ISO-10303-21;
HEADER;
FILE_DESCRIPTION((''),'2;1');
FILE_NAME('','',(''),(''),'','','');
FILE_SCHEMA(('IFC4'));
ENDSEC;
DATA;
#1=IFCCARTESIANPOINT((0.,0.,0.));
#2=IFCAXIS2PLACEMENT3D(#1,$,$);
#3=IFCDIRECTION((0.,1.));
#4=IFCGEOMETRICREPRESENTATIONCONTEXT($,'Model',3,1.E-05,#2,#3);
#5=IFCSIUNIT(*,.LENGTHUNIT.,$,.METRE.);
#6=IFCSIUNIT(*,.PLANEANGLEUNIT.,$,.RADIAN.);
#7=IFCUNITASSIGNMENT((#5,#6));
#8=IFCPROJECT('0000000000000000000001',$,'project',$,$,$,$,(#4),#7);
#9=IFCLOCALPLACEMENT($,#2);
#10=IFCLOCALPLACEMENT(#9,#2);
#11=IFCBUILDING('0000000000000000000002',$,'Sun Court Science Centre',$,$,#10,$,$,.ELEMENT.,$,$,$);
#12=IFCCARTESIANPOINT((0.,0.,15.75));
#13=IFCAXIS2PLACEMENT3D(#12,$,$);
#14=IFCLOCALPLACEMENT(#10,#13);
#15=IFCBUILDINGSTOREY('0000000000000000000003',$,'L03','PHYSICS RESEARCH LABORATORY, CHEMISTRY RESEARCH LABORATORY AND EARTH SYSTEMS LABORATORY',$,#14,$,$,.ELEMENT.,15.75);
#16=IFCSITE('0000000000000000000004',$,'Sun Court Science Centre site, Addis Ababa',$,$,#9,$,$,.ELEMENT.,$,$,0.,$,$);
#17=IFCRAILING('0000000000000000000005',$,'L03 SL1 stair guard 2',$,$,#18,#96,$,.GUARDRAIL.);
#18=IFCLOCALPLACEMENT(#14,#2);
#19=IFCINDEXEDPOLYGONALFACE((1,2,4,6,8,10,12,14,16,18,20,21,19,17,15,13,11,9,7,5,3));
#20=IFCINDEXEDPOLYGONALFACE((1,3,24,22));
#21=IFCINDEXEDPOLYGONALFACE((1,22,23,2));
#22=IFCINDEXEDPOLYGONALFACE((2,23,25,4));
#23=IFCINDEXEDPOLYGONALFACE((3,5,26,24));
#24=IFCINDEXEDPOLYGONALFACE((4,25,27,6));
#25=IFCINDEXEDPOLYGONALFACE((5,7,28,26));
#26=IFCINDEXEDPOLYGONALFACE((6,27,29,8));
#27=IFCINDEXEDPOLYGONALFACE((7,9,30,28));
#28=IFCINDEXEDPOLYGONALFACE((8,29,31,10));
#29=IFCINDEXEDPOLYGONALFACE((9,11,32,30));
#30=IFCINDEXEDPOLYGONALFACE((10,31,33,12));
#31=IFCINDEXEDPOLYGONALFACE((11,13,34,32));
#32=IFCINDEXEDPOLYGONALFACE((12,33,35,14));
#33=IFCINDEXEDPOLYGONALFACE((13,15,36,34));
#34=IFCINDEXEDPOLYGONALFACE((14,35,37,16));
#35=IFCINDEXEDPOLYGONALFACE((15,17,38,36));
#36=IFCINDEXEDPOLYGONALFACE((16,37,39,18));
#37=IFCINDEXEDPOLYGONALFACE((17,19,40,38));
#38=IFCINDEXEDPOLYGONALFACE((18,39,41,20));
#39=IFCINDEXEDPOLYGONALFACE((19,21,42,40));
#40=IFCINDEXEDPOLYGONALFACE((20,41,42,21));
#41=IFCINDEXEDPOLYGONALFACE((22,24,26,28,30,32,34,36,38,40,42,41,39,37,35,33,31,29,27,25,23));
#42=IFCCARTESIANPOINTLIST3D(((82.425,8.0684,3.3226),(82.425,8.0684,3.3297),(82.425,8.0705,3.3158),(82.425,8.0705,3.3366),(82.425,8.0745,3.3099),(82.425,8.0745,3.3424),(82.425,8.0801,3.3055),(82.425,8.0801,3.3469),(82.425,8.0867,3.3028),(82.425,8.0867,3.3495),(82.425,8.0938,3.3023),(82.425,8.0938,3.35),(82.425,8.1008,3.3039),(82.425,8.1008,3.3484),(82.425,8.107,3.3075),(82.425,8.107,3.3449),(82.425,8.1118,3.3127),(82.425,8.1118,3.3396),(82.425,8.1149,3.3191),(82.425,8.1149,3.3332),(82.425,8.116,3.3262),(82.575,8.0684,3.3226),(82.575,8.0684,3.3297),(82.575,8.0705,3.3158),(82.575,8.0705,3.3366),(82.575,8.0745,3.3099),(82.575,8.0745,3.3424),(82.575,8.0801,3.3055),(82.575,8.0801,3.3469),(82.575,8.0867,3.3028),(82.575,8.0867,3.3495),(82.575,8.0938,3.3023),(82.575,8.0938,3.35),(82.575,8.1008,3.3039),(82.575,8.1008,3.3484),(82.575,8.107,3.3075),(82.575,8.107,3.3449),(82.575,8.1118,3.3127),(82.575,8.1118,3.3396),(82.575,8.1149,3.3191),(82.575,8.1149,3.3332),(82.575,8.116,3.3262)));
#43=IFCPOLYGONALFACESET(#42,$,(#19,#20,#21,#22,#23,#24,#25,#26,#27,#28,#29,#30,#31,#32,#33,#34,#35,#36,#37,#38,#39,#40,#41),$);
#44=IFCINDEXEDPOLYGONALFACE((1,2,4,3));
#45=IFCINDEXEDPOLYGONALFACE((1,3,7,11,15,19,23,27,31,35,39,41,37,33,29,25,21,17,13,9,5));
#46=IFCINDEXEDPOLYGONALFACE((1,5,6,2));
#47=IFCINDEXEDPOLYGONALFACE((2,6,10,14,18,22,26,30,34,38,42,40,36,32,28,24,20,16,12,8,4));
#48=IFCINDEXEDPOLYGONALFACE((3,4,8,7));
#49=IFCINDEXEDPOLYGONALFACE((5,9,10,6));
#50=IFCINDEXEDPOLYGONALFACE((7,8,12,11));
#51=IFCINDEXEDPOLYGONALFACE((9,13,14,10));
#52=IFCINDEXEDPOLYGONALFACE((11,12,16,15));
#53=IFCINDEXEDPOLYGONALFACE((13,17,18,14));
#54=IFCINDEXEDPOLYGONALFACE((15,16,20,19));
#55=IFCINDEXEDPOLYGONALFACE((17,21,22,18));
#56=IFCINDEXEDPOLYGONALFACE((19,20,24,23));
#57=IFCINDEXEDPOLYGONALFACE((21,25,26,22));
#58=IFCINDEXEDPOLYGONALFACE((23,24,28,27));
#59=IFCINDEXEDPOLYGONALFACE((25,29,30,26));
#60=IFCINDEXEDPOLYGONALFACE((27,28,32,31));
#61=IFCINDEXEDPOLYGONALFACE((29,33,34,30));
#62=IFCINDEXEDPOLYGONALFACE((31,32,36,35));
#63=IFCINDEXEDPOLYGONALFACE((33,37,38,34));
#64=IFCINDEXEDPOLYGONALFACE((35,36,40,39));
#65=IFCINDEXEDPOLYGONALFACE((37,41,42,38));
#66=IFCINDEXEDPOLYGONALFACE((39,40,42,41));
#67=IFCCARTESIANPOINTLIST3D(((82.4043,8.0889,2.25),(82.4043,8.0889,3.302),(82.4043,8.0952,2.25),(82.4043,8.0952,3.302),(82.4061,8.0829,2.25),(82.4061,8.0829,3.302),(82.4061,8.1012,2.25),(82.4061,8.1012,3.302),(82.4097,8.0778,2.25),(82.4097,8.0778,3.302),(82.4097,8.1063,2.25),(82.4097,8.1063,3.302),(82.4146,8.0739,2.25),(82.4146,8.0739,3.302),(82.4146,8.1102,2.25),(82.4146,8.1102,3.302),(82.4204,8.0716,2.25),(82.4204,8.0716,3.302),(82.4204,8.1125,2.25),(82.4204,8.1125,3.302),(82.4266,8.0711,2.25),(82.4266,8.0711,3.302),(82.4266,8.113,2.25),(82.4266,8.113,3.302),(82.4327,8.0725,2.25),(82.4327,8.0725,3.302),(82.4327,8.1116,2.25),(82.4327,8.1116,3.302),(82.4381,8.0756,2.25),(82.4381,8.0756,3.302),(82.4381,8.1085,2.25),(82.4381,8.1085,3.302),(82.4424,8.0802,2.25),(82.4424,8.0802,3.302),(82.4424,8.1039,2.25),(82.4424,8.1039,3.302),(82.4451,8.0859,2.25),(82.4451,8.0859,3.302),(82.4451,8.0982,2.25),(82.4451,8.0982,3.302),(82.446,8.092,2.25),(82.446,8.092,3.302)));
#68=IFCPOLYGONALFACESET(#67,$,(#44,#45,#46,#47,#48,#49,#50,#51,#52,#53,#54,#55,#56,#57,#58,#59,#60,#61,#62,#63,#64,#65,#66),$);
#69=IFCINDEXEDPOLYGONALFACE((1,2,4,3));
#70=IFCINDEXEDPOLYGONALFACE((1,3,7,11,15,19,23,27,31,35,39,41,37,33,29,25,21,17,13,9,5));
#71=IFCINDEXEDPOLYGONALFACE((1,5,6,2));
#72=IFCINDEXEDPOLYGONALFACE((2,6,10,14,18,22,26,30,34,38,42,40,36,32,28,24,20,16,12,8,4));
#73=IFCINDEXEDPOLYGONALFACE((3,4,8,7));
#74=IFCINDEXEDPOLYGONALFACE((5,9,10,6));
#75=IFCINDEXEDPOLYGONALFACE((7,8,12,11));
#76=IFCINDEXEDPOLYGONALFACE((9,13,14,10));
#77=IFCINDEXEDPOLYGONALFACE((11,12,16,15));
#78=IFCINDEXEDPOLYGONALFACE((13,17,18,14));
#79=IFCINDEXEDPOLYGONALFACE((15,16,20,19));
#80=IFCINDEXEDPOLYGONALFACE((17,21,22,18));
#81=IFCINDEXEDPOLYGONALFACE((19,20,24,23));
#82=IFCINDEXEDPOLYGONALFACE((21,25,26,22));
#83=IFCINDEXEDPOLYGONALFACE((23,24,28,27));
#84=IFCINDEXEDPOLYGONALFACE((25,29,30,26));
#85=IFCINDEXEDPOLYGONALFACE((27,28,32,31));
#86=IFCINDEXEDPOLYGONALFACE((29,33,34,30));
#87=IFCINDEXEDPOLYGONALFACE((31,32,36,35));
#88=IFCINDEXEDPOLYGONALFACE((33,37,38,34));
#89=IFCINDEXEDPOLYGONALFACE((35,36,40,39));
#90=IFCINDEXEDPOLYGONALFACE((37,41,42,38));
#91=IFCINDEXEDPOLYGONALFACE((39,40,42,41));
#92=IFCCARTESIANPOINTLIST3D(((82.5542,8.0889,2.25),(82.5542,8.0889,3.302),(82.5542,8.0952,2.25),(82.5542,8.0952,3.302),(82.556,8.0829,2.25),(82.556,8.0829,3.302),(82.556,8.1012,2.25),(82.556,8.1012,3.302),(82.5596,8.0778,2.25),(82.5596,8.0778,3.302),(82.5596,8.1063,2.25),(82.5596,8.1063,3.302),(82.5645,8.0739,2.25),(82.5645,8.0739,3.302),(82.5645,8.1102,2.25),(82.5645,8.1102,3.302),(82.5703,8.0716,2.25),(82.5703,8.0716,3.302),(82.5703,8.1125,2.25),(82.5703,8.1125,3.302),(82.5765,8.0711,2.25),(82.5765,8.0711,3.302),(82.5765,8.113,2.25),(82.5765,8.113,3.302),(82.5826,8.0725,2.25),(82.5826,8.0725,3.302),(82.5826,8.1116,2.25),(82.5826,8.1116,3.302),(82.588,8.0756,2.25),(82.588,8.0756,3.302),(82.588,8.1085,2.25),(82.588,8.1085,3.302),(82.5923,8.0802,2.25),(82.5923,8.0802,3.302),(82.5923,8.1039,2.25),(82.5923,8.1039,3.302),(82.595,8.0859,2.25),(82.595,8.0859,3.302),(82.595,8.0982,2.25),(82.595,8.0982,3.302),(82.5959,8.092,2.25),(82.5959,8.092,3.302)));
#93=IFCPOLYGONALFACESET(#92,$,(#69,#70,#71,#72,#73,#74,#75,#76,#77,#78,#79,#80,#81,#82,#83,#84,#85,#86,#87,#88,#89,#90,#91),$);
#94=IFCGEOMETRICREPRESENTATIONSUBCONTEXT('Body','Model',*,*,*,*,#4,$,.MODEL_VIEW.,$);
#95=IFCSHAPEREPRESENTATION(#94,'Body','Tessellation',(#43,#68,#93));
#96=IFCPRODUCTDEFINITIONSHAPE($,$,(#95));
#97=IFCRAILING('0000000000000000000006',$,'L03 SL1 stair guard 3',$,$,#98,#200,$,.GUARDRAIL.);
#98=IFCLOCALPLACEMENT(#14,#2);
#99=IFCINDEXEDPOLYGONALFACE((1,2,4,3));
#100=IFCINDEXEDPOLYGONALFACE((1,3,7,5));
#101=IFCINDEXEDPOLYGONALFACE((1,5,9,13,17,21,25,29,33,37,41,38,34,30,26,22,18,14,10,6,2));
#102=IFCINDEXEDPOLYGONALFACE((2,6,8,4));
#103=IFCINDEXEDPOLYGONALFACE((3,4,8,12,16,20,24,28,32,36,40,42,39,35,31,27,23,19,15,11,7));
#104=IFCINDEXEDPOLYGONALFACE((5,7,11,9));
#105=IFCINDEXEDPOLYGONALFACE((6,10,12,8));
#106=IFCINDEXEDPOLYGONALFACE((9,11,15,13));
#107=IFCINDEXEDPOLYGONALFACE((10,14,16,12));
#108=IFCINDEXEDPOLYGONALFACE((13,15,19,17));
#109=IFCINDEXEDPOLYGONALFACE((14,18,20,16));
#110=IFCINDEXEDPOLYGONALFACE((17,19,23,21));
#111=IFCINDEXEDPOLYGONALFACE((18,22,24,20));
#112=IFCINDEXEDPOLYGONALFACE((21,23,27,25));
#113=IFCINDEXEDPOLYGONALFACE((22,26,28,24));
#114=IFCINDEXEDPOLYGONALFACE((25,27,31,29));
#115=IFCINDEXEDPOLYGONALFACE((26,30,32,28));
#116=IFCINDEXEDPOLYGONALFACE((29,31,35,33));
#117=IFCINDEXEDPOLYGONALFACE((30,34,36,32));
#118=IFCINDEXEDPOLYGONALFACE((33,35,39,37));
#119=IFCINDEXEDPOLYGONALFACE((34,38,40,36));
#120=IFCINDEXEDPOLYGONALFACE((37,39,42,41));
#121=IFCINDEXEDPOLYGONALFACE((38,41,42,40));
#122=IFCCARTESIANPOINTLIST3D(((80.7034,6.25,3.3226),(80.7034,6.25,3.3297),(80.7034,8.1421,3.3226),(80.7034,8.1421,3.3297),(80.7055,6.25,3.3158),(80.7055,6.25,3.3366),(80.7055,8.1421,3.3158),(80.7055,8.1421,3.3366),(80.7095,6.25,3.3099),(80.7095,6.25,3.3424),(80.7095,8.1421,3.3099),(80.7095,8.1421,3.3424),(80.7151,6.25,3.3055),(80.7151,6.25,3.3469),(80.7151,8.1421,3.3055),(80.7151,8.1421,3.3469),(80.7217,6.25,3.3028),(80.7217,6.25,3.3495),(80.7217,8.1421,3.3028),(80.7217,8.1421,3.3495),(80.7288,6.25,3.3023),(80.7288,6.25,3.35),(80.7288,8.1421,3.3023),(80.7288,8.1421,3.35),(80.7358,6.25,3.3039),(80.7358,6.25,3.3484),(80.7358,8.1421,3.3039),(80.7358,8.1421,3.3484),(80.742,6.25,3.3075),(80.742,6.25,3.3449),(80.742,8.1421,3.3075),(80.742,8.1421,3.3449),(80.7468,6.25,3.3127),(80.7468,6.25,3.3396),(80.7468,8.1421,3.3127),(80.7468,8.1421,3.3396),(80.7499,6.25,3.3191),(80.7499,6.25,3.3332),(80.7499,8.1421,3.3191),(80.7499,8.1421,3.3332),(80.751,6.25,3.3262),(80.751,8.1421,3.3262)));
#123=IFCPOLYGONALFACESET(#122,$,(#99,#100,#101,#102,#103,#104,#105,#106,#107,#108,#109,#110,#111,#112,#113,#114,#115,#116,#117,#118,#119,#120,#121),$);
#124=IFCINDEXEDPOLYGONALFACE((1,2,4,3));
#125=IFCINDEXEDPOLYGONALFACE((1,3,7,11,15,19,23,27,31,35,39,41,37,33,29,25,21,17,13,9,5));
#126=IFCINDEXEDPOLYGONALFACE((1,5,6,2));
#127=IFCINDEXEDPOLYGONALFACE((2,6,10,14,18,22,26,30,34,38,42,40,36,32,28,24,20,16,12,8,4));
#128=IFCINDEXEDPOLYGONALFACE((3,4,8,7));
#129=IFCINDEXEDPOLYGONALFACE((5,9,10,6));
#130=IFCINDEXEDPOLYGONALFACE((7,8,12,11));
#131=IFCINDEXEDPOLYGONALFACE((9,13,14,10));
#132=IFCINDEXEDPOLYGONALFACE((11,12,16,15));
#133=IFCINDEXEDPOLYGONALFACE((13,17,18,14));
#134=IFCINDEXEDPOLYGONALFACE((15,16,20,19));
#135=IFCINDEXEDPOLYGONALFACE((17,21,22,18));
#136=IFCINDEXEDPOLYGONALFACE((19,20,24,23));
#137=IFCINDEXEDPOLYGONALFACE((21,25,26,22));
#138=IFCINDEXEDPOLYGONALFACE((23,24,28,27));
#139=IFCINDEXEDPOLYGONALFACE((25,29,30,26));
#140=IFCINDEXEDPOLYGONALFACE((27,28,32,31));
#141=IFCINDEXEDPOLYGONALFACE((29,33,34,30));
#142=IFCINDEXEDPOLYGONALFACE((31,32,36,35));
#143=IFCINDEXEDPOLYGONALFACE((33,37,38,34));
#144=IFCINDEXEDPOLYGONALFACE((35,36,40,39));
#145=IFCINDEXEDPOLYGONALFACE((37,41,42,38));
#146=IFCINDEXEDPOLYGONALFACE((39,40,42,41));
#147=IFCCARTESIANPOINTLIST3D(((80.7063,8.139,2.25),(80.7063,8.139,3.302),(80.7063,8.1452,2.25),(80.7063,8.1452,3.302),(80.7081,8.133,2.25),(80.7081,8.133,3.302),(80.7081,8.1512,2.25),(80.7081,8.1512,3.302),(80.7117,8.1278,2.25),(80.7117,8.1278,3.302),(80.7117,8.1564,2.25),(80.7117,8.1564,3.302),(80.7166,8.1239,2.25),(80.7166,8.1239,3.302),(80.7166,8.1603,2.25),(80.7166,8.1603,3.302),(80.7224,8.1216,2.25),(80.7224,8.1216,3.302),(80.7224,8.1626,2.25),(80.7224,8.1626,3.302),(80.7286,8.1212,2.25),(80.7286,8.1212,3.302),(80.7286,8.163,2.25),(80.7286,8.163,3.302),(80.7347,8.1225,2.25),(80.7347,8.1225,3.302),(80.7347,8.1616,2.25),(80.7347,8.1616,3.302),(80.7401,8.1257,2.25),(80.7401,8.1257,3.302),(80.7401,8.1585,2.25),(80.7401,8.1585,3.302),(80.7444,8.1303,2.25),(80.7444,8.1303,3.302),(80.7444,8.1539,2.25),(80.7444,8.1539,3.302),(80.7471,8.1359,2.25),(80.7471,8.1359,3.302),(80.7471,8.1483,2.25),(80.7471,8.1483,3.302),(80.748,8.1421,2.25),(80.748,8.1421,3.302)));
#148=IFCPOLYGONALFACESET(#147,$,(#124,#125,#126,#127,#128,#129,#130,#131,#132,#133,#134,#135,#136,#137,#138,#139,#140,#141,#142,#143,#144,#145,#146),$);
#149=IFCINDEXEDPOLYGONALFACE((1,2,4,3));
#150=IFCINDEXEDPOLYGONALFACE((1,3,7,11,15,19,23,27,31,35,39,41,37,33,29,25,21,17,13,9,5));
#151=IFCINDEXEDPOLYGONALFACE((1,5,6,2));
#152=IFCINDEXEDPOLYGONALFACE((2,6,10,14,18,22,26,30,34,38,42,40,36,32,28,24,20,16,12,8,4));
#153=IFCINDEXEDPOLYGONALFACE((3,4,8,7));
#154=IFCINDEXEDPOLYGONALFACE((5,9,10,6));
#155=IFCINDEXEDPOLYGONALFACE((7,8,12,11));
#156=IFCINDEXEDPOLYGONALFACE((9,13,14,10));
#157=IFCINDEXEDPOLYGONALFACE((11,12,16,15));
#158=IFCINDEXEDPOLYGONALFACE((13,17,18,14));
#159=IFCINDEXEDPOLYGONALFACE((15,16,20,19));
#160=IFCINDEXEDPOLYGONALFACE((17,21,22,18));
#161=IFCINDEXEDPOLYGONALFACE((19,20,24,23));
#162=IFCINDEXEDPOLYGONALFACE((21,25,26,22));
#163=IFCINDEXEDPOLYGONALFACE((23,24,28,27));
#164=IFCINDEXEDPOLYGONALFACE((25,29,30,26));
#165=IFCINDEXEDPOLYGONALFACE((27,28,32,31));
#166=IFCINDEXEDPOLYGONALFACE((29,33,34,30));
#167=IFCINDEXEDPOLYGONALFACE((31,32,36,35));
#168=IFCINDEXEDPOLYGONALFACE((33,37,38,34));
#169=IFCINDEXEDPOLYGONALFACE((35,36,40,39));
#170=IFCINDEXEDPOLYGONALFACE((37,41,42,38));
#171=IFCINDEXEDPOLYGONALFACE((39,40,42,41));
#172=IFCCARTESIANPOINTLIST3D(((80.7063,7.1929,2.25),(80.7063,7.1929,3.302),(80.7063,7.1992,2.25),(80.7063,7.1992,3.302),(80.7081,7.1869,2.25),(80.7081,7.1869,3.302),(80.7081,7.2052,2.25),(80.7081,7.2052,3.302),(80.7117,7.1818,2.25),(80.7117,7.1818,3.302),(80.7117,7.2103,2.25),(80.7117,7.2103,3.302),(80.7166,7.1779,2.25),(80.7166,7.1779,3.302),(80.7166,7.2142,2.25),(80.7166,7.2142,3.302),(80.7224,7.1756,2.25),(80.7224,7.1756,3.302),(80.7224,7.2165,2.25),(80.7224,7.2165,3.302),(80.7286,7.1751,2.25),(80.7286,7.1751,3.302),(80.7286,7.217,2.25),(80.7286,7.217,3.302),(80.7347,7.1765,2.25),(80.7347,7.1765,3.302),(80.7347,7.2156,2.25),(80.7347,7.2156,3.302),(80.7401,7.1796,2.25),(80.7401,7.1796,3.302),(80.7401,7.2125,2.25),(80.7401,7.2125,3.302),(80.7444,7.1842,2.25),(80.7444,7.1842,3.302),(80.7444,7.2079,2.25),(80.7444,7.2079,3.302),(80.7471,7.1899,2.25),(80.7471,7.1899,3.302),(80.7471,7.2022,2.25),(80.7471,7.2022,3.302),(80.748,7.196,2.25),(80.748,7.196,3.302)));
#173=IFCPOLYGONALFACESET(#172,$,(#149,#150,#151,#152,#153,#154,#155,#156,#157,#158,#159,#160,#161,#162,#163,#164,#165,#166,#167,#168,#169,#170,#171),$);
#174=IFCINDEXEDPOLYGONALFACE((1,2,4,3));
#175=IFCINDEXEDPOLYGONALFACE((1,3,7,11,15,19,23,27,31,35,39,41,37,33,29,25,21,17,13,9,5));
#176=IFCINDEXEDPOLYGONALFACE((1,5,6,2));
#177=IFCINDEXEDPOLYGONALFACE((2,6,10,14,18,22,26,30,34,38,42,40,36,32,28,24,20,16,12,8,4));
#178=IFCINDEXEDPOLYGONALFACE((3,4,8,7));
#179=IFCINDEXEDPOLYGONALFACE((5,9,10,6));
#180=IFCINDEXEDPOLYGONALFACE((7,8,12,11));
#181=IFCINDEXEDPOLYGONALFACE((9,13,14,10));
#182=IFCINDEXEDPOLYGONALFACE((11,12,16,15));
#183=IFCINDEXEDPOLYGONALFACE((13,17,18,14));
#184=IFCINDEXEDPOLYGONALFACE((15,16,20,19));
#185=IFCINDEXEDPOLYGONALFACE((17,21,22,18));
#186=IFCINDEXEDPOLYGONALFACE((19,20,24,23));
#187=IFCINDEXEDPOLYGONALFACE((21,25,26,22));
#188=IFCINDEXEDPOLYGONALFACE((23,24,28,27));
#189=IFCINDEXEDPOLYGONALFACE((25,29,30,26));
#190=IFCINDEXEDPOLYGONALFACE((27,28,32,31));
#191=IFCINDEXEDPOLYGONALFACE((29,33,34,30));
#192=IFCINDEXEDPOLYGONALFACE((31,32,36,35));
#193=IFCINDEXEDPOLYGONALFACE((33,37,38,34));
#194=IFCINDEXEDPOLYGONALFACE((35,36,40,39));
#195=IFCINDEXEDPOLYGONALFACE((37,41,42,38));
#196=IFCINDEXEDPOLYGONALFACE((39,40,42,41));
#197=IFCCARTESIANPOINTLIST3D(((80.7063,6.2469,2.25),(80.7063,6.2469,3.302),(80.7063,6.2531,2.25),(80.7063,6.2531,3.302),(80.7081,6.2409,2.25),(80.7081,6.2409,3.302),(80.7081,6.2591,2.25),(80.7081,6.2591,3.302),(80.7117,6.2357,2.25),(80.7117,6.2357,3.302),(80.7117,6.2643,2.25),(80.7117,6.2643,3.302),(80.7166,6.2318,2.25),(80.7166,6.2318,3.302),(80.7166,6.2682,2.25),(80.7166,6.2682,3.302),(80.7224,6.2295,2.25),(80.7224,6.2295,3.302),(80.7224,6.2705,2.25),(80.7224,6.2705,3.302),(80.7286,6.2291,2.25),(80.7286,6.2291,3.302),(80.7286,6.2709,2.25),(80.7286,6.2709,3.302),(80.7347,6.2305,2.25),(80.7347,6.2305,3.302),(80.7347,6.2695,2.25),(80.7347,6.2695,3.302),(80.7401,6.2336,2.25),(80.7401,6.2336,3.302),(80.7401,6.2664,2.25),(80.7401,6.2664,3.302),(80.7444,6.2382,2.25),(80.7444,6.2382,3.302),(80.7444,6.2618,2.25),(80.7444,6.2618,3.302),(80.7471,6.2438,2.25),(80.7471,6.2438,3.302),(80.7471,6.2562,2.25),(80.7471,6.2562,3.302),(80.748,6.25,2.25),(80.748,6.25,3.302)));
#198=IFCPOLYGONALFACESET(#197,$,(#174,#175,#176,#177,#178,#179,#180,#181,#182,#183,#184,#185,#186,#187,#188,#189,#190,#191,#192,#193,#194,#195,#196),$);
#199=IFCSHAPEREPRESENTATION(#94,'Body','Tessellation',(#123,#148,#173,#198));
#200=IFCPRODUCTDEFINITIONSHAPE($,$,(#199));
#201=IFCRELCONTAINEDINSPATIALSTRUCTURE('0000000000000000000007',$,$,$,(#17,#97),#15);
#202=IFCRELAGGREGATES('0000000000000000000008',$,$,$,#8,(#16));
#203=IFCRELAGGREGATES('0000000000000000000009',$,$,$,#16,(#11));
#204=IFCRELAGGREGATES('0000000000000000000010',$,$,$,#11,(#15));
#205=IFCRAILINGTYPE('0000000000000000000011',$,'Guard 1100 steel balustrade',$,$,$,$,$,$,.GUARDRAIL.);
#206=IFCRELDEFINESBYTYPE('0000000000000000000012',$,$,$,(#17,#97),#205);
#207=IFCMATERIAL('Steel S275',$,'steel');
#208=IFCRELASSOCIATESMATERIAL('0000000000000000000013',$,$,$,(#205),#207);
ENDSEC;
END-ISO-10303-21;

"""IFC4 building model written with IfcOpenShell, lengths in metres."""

from ifc_helpers import new_model, si_unit, direction, frame, origin, origin_2d, place, context, subcontext, project, spatial, circle, extrude, material, type_object, element, save


model = new_model("IFC4")

# Units and contexts
model_context = context("Model", 3, precision=1e-05, world=origin(), true_north=direction((0.0, 1.0)))
body_context = subcontext(model_context, "Body", "Model", "MODEL_VIEW")
ifc_project = project(units=[si_unit("LENGTHUNIT", "METRE"), si_unit("PLANEANGLEUNIT", "RADIAN")], contexts=[model_context])

# Site, building, storey
site_placement = place(None, origin())
site = spatial("IfcSite", under=ifc_project, at=site_placement, Name="Sun Court Science Centre site, Addis Ababa", CompositionType="ELEMENT", RefElevation=0.0)
building_placement = place(site_placement, origin())
building = spatial("IfcBuilding", under=site, at=building_placement, Name="Sun Court Science Centre", CompositionType="ELEMENT")
storey_placement = place(building_placement, frame((0.0, 0.0, 15.75)))
storey = spatial("IfcBuildingStorey", under=building, at=storey_placement, Name="L03", Description="PHYSICS RESEARCH LABORATORY, CHEMISTRY RESEARCH LABORATORY AND EARTH SYSTEMS LABORATORY", CompositionType="ELEMENT", Elevation=15.75)

# Railings
ifc_material_1 = material(Name="Steel S275", Category="steel")
railing_type_1 = type_object("IfcRailingType", Name="Guard 1100 steel balustrade", PredefinedType="GUARDRAIL", material=ifc_material_1)
railing_1_placement = place(storey_placement, frame((82.425, 8.092, 2.25)))
element("IfcRailing", 1, at=railing_1_placement, inside=storey, type_object=railing_type_1, Name="L03 SL1 stair guard 2", PredefinedType="GUARDRAIL", context=body_context, shape_type="SweptSolid", body=[
    extrude(circle(Radius=0.0239, at=origin_2d()), frame((0.0, 0.0, 1.0762), z_axis=(1.0, 0.0, 0.0), x_axis=(0.0, 1.0, 0.0)), (0.0, 0.0, 1.0), 0.1499),
    extrude(circle(Radius=0.021, at=origin_2d()), origin(), (0.0, 0.0, 1.0), 1.052),
    extrude(circle(Radius=0.021, at=origin_2d()), frame((0.1499, 0.0, 0.0)), (0.0, 0.0, 1.0), 1.052),
])
for number, where, name in (
    (2, (80.7271, 8.1421, 2.25), "L03 SL1 stair guard 3"),
):
    element("IfcRailing", number, at=place(storey_placement, frame(where)), inside=storey, type_object=railing_type_1, Name=name, PredefinedType="GUARDRAIL", context=body_context, shape_type="SweptSolid", body=[
        extrude(circle(Radius=0.0239, at=origin_2d()), frame((0.0, 0.0, 1.0762), z_axis=(0.0, -1.0, 0.0), x_axis=(1.0, 0.0, 0.0)), (0.0, 0.0, 1.0), 1.8921),
        extrude(circle(Radius=0.021, at=origin_2d()), origin(), (0.0, 0.0, 1.0), 1.052),
        extrude(circle(Radius=0.021, at=origin_2d()), frame((0.0, -0.946, 0.0)), (0.0, 0.0, 1.0), 1.052),
        extrude(circle(Radius=0.021, at=origin_2d()), frame((0.0, -1.8921, 0.0)), (0.0, 0.0, 1.0), 1.052),
    ])

save(model, "model.ifc")
